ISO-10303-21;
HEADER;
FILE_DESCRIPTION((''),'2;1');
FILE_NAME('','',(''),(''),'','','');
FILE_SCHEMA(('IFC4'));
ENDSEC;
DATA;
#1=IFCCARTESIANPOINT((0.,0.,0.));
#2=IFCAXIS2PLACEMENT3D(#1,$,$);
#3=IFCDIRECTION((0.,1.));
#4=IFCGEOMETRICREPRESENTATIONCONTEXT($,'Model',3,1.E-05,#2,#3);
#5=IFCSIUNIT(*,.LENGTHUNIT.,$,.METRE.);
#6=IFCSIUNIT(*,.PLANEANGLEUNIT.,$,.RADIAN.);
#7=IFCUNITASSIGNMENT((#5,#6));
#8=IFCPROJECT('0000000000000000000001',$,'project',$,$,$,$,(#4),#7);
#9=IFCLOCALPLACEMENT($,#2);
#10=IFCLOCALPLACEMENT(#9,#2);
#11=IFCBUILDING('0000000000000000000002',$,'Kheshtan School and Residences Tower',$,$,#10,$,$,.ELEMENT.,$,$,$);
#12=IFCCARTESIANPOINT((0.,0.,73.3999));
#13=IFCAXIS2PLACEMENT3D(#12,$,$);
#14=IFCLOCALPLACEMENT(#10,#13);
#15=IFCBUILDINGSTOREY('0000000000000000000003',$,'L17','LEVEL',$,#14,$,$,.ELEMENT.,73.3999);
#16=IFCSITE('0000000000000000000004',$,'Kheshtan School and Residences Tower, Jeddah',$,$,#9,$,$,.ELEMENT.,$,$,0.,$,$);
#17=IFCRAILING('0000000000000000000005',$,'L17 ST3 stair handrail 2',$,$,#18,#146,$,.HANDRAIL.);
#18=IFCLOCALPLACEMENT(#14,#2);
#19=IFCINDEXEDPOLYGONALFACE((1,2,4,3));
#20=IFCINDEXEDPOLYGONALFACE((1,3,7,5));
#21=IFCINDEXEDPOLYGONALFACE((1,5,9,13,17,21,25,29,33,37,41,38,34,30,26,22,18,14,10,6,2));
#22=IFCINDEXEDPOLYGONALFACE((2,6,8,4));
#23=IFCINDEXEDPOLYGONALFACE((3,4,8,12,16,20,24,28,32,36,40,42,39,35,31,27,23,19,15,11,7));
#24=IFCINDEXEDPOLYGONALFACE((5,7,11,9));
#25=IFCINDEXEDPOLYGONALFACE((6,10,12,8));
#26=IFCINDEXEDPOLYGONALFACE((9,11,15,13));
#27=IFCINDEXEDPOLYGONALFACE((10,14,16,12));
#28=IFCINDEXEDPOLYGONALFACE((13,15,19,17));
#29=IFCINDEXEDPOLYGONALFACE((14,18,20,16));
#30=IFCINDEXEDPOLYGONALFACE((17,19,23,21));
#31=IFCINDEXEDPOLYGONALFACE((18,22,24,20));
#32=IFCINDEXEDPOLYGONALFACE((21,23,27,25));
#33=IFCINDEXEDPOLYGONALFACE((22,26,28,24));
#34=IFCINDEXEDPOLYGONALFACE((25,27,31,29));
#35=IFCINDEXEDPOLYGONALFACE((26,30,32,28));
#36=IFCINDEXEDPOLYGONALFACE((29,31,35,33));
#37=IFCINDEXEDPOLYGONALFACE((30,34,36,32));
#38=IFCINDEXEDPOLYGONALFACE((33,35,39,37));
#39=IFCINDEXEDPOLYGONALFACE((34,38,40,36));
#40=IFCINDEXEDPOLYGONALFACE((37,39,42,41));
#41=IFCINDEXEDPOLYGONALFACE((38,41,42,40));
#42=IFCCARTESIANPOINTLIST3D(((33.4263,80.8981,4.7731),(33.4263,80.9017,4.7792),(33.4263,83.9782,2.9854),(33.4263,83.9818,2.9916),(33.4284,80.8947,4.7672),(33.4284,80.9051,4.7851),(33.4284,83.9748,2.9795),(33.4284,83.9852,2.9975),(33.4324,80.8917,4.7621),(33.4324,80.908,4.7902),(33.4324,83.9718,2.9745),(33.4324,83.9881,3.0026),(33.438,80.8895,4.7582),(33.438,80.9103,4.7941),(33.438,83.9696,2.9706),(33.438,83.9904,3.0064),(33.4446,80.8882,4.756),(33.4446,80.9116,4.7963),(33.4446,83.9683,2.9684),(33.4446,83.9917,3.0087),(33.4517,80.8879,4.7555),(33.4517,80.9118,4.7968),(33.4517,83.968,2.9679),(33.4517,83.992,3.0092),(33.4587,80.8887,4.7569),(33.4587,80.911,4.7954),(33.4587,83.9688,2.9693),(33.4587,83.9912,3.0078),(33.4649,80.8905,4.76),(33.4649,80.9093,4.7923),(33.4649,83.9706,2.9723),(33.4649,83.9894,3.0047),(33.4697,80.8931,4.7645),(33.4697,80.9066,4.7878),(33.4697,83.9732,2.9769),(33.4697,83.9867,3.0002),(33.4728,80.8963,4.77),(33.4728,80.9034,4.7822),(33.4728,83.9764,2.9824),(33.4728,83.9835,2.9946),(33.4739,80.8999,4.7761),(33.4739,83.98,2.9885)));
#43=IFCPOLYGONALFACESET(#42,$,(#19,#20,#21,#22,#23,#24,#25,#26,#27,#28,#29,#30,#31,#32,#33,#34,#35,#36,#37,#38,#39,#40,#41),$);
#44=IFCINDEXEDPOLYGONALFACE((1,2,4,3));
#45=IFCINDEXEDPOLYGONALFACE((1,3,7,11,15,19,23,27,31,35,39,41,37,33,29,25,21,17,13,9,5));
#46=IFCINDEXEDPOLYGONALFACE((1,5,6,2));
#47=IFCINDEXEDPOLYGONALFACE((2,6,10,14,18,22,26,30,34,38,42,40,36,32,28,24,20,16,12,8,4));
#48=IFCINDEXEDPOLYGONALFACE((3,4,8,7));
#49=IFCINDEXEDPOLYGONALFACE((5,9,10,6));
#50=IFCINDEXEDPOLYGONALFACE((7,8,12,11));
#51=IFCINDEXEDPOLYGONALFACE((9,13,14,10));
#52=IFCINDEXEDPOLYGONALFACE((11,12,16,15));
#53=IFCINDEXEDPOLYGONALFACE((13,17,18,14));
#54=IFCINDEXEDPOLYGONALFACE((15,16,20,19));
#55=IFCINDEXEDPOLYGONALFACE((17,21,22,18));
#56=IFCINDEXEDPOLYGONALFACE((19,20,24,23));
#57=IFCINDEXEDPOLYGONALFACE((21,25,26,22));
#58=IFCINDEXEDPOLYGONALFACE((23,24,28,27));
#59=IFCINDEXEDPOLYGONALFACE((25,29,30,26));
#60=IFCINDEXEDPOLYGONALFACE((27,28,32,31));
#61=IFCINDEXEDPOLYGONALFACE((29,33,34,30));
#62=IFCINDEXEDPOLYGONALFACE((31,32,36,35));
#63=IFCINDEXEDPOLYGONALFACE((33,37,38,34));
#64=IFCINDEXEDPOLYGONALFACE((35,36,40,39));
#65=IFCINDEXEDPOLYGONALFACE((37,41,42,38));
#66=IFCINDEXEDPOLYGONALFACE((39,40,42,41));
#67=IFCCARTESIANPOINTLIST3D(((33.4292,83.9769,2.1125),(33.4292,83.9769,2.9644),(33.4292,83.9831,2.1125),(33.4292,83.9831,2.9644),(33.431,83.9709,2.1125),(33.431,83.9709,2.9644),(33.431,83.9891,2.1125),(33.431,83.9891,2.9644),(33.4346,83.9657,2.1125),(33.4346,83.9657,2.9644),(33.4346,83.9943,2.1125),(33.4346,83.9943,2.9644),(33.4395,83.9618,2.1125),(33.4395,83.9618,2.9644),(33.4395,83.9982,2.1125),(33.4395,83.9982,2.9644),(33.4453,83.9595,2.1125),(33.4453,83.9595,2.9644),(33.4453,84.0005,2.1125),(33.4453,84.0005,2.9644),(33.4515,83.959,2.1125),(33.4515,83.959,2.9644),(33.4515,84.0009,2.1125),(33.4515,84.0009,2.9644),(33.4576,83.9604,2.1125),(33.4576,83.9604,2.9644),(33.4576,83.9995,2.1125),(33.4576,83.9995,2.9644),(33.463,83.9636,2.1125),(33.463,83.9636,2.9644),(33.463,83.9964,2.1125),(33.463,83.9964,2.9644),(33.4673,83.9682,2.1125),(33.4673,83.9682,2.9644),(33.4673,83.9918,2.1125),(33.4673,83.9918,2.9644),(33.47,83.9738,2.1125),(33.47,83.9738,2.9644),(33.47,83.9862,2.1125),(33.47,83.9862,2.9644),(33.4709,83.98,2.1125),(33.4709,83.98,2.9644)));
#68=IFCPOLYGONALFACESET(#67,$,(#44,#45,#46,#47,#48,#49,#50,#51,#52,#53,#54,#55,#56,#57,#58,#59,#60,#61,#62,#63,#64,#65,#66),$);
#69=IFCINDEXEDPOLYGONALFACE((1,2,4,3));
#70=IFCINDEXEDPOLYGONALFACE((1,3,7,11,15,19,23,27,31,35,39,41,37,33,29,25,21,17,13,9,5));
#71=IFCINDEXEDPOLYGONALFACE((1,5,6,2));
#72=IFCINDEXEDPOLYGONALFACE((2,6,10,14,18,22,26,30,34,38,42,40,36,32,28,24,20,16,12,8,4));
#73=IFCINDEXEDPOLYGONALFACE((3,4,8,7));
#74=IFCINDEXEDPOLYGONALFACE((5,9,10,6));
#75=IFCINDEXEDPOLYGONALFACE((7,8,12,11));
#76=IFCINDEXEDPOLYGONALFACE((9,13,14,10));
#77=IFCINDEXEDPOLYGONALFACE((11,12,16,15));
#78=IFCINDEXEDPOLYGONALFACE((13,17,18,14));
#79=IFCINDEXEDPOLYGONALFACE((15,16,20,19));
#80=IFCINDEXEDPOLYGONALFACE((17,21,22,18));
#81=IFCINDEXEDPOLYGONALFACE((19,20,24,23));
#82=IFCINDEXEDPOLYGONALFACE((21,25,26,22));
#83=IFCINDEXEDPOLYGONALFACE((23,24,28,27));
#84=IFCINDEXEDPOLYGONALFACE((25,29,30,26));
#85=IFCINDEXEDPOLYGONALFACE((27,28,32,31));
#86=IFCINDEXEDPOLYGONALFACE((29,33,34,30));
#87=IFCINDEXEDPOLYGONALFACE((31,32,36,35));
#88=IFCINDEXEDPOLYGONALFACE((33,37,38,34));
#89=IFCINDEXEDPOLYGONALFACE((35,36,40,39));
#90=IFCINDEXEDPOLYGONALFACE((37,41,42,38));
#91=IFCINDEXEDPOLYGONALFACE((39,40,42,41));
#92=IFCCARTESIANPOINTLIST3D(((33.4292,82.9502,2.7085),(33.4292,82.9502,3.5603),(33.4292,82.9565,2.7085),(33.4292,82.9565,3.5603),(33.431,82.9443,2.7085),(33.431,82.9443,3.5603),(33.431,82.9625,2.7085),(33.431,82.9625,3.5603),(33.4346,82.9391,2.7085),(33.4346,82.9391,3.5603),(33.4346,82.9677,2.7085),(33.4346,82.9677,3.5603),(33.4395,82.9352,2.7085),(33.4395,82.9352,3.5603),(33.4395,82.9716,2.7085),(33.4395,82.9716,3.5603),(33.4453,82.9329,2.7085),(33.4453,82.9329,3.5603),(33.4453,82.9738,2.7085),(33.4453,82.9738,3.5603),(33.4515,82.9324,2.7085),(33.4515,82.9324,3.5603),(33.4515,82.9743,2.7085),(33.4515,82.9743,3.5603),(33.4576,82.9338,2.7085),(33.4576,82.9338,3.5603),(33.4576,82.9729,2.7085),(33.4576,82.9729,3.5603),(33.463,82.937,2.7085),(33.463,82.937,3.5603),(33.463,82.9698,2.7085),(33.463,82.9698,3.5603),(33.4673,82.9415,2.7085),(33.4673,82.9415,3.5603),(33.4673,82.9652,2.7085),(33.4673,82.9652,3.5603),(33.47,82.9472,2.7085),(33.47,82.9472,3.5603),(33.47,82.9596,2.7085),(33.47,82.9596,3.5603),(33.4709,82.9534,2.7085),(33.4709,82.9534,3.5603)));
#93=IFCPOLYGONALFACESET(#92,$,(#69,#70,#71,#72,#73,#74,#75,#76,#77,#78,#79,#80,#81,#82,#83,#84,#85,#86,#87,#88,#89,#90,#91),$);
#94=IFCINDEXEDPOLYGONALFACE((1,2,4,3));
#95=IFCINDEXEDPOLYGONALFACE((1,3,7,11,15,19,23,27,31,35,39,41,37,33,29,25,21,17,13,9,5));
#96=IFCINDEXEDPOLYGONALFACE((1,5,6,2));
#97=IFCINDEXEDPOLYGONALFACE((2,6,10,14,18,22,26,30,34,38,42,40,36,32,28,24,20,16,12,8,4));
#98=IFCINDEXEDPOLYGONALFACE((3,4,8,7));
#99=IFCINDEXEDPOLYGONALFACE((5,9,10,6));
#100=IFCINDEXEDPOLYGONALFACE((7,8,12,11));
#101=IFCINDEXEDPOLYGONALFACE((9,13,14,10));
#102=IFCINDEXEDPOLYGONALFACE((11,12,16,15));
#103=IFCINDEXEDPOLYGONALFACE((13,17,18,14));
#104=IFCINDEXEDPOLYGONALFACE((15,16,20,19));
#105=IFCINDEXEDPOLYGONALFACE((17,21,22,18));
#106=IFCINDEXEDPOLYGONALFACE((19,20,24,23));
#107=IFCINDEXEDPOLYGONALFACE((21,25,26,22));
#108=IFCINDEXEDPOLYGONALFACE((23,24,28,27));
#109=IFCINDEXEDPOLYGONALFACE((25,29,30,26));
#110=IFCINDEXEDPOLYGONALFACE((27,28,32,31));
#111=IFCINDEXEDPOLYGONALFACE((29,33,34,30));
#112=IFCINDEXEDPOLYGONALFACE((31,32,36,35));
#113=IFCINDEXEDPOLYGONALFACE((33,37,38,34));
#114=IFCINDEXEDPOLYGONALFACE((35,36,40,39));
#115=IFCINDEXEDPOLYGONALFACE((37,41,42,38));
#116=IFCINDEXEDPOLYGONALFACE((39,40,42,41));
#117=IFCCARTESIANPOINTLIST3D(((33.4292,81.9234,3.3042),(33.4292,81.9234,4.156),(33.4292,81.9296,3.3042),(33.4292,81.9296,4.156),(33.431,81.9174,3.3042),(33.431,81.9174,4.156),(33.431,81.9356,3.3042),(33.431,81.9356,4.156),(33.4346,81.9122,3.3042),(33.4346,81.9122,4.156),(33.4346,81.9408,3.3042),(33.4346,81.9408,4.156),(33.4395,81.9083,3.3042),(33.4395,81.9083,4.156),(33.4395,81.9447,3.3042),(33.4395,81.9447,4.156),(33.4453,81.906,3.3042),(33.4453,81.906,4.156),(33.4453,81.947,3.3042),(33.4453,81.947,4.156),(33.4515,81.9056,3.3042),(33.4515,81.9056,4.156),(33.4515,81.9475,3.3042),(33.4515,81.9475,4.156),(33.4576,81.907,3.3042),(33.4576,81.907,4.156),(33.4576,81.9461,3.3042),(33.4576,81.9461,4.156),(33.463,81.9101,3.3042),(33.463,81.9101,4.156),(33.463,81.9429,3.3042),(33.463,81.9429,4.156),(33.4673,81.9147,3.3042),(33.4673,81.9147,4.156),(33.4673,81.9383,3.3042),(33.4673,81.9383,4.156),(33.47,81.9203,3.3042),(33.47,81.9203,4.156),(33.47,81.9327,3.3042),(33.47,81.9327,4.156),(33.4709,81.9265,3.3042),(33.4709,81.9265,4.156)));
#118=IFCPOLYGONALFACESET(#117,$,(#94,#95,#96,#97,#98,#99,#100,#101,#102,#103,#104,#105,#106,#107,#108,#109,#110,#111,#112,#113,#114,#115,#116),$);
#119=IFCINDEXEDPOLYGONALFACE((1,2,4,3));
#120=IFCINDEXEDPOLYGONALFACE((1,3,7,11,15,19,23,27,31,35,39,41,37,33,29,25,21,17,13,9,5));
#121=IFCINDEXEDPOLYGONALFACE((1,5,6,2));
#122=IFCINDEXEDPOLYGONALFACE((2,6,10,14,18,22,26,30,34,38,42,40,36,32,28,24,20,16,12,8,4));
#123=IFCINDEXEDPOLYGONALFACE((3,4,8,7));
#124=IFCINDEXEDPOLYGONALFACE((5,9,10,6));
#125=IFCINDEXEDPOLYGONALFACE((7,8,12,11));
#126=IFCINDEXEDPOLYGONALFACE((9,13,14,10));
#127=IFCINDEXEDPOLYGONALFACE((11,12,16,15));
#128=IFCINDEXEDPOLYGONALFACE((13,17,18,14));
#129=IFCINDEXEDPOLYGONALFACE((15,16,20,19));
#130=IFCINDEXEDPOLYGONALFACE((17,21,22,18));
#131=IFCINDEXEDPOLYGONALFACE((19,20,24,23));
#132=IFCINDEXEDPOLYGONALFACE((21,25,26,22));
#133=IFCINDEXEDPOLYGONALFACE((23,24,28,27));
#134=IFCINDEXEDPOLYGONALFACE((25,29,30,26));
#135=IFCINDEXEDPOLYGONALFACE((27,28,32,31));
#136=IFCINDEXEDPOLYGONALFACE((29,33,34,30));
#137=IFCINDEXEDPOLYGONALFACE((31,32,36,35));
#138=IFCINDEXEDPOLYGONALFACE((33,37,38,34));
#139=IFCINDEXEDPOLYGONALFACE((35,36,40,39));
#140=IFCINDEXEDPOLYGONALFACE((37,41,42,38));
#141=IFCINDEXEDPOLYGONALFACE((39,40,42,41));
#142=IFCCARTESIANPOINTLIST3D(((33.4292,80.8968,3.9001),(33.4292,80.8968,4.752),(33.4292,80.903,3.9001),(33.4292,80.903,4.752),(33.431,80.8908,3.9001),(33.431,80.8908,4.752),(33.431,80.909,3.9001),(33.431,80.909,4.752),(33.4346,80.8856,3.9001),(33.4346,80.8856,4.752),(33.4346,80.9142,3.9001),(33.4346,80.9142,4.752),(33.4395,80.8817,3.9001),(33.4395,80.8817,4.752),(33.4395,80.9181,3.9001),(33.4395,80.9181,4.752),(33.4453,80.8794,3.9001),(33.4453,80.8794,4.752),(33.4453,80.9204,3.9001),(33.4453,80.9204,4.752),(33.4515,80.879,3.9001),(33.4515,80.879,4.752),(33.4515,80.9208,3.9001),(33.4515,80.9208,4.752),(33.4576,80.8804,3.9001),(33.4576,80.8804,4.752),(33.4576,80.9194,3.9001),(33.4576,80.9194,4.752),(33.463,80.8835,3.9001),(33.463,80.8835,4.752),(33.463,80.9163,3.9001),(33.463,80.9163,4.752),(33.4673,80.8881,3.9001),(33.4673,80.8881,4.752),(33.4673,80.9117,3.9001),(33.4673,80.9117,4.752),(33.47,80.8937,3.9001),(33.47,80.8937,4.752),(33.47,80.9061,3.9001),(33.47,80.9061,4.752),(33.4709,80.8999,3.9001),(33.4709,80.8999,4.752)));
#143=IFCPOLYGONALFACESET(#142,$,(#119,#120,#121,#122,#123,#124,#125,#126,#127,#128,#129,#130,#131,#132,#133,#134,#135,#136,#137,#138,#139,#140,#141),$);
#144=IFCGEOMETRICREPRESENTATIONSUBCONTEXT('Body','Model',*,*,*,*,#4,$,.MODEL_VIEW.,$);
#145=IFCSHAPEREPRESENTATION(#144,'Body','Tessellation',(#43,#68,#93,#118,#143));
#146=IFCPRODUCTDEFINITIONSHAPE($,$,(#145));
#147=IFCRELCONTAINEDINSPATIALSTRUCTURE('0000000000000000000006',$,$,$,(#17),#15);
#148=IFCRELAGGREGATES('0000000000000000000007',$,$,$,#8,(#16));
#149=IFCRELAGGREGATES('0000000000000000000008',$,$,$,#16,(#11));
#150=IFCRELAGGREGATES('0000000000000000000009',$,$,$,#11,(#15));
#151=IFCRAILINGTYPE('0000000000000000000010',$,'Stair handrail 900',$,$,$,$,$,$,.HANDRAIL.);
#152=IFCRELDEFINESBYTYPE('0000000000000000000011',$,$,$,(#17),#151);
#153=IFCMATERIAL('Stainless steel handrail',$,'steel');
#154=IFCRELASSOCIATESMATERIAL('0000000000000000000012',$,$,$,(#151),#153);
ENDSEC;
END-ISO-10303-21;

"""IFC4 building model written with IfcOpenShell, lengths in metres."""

from ifc_helpers import new_model, si_unit, direction, frame, origin, origin_2d, place, context, subcontext, project, spatial, circle, extrude, material, type_object, element, save


model = new_model("IFC4")

# Units and contexts
model_context = context("Model", 3, precision=1e-05, world=origin(), true_north=direction((0.0, 1.0)))
body_context = subcontext(model_context, "Body", "Model", "MODEL_VIEW")
ifc_project = project(units=[si_unit("LENGTHUNIT", "METRE"), si_unit("PLANEANGLEUNIT", "RADIAN")], contexts=[model_context])

# Site, building, storey
site_placement = place(None, origin())
site = spatial("IfcSite", under=ifc_project, at=site_placement, Name="Kheshtan School and Residences Tower, Jeddah", CompositionType="ELEMENT", RefElevation=0.0)
building_placement = place(site_placement, origin())
building = spatial("IfcBuilding", under=site, at=building_placement, Name="Kheshtan School and Residences Tower", CompositionType="ELEMENT")
storey_placement = place(building_placement, frame((0.0, 0.0, 73.3999)))
storey = spatial("IfcBuildingStorey", under=building, at=storey_placement, Name="L17", Description="LEVEL", CompositionType="ELEMENT", Elevation=73.3999)

# Railing
ifc_material_1 = material(Name="Stainless steel handrail", Category="steel")
railing_type_1 = type_object("IfcRailingType", Name="Stair handrail 900", PredefinedType="HANDRAIL", material=ifc_material_1)
railing_1_placement = place(storey_placement, frame((33.45, 83.98, 2.1125)))
element("IfcRailing", 1, at=railing_1_placement, inside=storey, type_object=railing_type_1, Name="L17 ST3 stair handrail 2", PredefinedType="HANDRAIL", context=body_context, shape_type="SweptSolid", body=[
    extrude(circle(Radius=0.0239, at=origin_2d()), frame((0.0, 0.0, 0.876), z_axis=(0.0, -0.864891, 0.50196), x_axis=(1.0, 0.0, 0.0)), (0.0, 0.0, 1.0), 3.5613),
    extrude(circle(Radius=0.021, at=origin_2d()), origin(), (0.0, 0.0, 1.0), 0.8518),
    extrude(circle(Radius=0.021, at=origin_2d()), frame((0.0, -1.0266, 0.5959)), (0.0, 0.0, 1.0), 0.8518),
    extrude(circle(Radius=0.021, at=origin_2d()), frame((0.0, -2.0535, 1.1917)), (0.0, 0.0, 1.0), 0.8518),
    extrude(circle(Radius=0.021, at=origin_2d()), frame((0.0, -3.0801, 1.7876)), (0.0, 0.0, 1.0), 0.8518),
])

save(model, "model.ifc")
